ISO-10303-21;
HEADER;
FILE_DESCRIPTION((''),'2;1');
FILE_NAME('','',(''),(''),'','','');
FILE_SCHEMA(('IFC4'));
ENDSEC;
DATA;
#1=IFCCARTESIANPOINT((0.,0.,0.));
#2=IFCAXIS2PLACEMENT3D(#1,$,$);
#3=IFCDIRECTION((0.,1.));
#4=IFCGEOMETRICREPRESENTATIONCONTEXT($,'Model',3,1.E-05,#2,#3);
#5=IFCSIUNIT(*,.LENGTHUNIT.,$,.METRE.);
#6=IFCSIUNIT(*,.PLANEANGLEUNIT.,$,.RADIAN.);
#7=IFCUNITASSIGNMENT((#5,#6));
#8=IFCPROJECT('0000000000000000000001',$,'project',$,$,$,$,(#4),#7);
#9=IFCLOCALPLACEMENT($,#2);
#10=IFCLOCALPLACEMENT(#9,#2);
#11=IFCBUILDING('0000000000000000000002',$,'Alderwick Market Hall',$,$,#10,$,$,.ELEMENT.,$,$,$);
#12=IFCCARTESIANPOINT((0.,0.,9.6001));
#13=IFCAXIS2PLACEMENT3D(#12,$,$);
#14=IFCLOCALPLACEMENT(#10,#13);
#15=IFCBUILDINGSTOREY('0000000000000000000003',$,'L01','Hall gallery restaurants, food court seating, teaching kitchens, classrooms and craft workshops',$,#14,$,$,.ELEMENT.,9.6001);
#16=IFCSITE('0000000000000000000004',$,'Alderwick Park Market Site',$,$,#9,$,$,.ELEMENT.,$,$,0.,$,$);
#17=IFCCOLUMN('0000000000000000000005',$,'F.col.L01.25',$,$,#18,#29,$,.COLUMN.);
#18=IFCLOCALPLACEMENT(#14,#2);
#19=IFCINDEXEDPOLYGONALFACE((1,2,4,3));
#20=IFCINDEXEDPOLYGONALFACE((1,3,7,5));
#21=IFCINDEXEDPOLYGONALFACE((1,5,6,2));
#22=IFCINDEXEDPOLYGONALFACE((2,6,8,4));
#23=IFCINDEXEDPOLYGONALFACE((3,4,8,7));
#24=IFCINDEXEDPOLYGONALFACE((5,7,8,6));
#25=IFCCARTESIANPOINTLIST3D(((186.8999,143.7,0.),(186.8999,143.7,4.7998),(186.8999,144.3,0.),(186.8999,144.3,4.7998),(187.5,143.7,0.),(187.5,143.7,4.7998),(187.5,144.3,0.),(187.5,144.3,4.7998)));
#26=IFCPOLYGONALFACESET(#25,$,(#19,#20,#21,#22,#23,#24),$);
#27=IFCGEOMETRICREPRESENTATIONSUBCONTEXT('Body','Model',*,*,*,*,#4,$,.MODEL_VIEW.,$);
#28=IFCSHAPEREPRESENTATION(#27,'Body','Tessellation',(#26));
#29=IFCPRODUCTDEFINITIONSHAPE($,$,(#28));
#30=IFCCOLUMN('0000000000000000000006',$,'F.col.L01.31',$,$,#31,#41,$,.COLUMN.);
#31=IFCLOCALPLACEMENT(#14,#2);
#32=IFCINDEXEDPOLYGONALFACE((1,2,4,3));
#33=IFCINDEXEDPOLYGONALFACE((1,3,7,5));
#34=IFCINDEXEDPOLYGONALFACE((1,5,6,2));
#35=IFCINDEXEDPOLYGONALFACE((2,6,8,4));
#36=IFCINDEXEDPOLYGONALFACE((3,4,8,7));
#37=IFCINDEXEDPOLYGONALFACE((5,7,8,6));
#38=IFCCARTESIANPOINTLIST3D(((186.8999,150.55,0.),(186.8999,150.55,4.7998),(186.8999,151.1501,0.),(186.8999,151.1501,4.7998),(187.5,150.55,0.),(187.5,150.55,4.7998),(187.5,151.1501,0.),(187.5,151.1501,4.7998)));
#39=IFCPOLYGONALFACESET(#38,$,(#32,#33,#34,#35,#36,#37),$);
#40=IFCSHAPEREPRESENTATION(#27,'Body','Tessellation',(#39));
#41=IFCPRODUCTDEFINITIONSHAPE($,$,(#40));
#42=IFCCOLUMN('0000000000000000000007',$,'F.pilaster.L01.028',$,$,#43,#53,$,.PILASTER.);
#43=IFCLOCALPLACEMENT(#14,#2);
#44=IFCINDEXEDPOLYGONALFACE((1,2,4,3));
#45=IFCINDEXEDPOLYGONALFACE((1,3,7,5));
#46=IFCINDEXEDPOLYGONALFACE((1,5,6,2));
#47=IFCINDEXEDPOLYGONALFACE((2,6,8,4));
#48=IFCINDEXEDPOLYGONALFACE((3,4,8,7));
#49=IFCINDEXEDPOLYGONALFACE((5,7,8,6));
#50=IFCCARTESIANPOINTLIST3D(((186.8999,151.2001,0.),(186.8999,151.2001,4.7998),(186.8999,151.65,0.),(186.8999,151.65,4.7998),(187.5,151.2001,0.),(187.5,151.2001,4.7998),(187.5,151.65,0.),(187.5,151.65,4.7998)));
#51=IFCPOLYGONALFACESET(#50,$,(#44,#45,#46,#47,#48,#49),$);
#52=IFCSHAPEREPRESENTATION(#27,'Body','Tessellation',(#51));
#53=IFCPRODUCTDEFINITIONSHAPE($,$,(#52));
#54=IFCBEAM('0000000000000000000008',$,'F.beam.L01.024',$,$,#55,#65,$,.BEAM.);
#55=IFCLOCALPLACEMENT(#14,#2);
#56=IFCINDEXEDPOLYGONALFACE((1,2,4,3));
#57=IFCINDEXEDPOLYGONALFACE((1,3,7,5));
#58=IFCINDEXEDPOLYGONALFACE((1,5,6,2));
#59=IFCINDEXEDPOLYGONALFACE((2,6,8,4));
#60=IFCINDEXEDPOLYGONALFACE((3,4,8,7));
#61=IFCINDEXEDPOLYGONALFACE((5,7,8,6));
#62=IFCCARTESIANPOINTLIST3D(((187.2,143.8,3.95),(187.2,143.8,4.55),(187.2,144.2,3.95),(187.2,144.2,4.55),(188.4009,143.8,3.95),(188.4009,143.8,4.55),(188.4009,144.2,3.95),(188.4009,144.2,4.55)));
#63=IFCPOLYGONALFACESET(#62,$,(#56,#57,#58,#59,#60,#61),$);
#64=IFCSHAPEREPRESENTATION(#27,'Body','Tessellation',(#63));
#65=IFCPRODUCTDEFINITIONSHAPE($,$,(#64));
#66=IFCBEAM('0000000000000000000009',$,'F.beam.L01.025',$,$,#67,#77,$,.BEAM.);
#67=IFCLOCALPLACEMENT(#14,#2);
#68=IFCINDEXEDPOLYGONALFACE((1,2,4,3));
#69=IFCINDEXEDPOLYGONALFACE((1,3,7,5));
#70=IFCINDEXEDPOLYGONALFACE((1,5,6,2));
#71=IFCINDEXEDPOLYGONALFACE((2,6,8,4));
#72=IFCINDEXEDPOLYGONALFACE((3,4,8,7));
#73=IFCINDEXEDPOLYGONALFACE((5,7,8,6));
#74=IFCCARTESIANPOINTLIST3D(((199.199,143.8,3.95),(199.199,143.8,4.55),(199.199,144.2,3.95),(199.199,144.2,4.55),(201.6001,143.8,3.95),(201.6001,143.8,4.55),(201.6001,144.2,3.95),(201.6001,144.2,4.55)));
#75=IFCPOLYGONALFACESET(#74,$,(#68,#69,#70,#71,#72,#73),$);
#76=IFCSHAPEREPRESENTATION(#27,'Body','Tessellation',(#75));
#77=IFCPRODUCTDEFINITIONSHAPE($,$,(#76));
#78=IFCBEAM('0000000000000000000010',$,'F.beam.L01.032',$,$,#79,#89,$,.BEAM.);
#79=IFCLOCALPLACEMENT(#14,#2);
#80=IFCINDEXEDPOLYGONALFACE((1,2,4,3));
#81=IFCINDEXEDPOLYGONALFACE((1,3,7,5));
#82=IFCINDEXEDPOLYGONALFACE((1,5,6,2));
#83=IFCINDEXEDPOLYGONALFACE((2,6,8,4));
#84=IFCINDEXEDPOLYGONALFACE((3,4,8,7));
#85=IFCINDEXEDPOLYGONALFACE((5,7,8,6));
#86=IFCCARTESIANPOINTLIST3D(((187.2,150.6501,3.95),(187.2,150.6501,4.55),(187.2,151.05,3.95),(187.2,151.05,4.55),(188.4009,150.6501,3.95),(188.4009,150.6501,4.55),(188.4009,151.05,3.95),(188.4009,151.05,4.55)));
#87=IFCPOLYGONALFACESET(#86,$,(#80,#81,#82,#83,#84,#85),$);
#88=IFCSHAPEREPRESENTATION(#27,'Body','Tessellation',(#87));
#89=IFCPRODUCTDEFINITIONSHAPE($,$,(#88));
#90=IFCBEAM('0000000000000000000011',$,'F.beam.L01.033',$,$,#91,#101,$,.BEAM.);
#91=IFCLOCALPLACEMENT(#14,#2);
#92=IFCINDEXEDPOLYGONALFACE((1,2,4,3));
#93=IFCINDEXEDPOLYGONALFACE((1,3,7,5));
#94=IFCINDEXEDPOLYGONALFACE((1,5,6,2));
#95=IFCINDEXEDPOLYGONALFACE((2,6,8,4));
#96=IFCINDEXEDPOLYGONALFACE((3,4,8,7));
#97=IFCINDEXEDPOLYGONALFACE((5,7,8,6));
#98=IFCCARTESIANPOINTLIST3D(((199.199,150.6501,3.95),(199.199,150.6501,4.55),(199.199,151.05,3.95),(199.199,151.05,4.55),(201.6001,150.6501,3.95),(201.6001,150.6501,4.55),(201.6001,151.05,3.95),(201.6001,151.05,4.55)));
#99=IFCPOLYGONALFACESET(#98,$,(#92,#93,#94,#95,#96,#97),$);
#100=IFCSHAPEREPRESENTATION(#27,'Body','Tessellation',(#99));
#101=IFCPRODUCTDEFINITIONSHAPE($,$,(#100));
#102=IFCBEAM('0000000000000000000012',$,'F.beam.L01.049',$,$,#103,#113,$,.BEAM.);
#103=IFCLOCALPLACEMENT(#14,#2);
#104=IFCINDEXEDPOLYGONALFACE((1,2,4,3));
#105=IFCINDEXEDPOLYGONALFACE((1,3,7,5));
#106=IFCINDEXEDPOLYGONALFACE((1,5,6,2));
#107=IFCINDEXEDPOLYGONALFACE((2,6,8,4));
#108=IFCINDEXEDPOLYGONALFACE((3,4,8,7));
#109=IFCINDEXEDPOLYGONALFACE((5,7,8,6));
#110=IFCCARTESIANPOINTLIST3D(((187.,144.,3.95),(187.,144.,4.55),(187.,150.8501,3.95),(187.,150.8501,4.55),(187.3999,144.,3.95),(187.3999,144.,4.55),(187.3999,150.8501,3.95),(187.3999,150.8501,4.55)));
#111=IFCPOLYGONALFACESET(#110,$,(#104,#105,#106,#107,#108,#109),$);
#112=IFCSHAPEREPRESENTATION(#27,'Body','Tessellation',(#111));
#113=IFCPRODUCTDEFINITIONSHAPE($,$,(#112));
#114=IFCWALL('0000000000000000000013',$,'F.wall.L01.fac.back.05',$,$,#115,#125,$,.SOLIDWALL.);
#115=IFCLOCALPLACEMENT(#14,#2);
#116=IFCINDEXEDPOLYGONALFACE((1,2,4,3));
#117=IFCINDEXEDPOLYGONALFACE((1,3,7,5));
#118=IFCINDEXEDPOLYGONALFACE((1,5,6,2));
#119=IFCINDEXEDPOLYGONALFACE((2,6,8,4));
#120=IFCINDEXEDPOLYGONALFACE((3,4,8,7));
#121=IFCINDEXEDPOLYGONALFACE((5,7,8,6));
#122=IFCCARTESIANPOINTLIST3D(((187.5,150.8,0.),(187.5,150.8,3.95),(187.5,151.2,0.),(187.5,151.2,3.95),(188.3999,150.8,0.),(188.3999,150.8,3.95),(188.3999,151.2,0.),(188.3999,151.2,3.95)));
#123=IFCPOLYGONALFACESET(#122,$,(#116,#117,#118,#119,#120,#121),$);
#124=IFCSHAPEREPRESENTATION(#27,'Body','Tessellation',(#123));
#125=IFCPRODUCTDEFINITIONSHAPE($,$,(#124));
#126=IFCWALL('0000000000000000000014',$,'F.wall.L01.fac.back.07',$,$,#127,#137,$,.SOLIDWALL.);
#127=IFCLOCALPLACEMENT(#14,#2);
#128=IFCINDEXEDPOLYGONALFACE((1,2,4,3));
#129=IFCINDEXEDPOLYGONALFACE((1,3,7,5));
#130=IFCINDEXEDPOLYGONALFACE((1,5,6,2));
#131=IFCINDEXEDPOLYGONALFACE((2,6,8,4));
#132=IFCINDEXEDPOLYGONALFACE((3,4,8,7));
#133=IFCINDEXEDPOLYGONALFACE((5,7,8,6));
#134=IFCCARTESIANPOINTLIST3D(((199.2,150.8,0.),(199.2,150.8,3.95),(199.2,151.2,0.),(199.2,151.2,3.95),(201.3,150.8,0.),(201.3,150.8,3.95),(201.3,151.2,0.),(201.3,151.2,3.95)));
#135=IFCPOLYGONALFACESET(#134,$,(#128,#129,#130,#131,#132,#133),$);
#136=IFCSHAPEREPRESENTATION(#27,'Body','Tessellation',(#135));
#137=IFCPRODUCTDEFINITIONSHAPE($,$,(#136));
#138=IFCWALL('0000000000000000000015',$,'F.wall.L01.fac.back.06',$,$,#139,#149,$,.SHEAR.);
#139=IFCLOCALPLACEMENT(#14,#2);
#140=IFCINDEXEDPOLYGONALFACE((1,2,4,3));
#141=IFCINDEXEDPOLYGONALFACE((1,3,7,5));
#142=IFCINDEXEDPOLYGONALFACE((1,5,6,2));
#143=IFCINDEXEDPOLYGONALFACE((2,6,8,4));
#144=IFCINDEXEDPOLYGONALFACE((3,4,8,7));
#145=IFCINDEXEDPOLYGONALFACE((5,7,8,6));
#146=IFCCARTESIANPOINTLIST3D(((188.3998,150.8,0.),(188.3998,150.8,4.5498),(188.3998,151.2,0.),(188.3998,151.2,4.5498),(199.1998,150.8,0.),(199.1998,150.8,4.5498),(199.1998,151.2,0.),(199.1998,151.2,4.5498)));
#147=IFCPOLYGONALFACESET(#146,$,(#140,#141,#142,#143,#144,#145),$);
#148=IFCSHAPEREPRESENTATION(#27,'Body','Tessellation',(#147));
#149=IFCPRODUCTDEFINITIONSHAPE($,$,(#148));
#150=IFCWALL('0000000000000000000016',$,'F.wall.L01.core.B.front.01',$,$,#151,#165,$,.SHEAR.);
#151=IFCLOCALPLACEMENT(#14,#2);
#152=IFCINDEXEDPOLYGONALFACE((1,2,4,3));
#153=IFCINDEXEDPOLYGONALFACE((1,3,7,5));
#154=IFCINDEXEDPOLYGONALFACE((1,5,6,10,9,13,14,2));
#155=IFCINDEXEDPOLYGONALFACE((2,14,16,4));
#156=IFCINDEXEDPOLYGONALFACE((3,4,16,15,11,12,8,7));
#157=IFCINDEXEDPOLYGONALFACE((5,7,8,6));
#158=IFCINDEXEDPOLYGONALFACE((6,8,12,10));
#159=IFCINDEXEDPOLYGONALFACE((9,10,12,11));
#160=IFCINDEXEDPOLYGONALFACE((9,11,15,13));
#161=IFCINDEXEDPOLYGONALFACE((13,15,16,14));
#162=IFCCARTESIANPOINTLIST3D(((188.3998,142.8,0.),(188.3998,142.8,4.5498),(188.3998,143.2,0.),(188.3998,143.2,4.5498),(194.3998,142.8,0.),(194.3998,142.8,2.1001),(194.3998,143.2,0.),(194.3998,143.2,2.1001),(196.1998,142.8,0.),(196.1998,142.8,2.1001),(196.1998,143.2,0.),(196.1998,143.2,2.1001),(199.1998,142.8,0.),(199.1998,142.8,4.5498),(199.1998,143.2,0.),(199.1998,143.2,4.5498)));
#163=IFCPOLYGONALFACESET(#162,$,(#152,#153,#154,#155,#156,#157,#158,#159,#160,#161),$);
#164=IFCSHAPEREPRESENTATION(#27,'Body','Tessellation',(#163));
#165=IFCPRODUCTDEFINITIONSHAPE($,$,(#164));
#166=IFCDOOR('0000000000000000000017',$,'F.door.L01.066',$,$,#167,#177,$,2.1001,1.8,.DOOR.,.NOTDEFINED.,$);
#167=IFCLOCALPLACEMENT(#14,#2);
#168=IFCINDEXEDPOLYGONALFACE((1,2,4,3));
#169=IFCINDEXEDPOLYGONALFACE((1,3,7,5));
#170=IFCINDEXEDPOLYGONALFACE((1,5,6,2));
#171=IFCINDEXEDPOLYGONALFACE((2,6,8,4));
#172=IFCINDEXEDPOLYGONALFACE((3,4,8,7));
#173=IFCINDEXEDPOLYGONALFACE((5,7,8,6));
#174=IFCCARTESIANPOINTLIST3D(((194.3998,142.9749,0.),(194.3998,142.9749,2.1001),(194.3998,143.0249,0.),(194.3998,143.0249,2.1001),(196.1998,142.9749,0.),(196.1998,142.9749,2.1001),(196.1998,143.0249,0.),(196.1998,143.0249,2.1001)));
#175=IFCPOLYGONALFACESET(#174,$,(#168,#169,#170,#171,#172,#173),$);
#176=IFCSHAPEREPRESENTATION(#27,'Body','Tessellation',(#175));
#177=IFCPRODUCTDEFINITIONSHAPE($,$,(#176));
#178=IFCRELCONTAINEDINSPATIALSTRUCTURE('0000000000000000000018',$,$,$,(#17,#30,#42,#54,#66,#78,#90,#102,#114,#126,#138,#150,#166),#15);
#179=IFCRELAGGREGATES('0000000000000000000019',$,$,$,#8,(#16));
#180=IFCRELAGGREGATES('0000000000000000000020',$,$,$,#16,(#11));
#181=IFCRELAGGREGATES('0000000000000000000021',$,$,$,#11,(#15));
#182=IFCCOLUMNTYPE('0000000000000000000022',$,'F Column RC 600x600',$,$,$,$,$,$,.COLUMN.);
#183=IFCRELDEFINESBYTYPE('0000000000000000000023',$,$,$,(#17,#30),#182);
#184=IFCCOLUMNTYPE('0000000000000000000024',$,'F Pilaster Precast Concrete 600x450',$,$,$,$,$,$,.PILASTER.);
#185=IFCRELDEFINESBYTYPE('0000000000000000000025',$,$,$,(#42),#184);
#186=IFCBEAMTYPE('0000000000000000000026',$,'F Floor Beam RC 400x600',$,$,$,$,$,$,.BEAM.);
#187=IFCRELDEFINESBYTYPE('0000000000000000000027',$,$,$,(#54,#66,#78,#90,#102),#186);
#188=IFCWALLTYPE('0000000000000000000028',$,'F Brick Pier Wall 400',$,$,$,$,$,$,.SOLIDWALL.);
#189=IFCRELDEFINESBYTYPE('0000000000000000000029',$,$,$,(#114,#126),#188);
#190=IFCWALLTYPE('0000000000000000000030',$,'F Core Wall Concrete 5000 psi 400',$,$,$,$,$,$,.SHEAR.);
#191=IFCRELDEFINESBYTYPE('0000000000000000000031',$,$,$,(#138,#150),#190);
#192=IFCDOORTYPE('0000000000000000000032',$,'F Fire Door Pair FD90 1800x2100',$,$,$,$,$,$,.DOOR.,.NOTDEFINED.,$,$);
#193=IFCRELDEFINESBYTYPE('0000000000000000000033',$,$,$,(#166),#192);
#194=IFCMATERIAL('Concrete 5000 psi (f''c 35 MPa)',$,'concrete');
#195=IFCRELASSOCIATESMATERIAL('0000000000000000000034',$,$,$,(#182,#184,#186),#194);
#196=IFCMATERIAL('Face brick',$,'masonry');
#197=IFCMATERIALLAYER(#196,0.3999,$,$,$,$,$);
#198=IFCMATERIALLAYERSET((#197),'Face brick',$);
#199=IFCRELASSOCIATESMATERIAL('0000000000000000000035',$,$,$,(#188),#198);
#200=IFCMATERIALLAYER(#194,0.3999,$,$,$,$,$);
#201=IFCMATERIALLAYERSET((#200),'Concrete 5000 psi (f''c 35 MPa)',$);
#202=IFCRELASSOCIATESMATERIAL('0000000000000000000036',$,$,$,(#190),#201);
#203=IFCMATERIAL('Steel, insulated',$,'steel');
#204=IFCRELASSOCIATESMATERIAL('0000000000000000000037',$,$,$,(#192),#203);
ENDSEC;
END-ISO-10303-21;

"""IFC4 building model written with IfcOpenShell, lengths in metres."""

from ifc_helpers import new_model, si_unit, direction, frame, frame_2d, origin, origin_2d, place, context, subcontext, project, spatial, rectangle, extrude, material, layer, layer_set, material_profile, profile_set, type_object, element, fill, save


model = new_model("IFC4")

# Units and contexts
model_context = context("Model", 3, precision=1e-05, world=origin(), true_north=direction((0.0, 1.0)))
body_context = subcontext(model_context, "Body", "Model", "MODEL_VIEW")
ifc_project = project(units=[si_unit("LENGTHUNIT", "METRE"), si_unit("PLANEANGLEUNIT", "RADIAN")], contexts=[model_context])

# Site, building, storey
site_placement = place(None, origin())
site = spatial("IfcSite", under=ifc_project, at=site_placement, Name="Alderwick Park Market Site", CompositionType="ELEMENT", RefElevation=0.0)
building_placement = place(site_placement, origin())
building = spatial("IfcBuilding", under=site, at=building_placement, Name="Alderwick Market Hall", CompositionType="ELEMENT")
storey_placement = place(building_placement, frame((0.0, 0.0, 9.6001)))
storey = spatial("IfcBuildingStorey", under=building, at=storey_placement, Name="L01", Description="Hall gallery restaurants, food court seating, teaching kitchens, classrooms and craft workshops", CompositionType="ELEMENT", Elevation=9.6001)

# Columns
ifc_material_1 = material(Name="Concrete 5000 psi (f'c 35 MPa)", Category="concrete")
ifc_material_profile_1 = material_profile(ifc_material_1, rectangle(XDim=0.6001, YDim=0.6001, at=origin_2d()), Name="RC 600x600")
ifc_profile_set_1 = profile_set([ifc_material_profile_1], Name="Concrete 5000 psi (f'c 35 MPa)")
column_type_1 = type_object("IfcColumnType", Name="F Column RC 600x600", PredefinedType="COLUMN", material=ifc_profile_set_1)
for number, where, z_axis, x_axis, name in (
    (1, (187.2, 144.0, 0.0), (0.0, 0.0, 1.0), (1.0, 0.0, 0.0), "F.col.L01.25"),
    (2, (187.2, 150.8501, 0.0), (0.0, 0.0, 1.0), (1.0, 0.0, 0.0), "F.col.L01.31"),
):
    element("IfcColumn", number, at=place(storey_placement, frame(where, z_axis=z_axis, x_axis=x_axis)), inside=storey, type_object=column_type_1, Name=name, PredefinedType="COLUMN", context=body_context, shape_type="SweptSolid", body=[
        extrude(rectangle(XDim=0.6001, YDim=0.6001, at=origin_2d()), origin(), (0.0, 0.0, 1.0), 4.7998),
    ])
ifc_material_profile_2 = material_profile(ifc_material_1, rectangle(XDim=0.6001, YDim=0.45, at=origin_2d()), Name="PC 600x450")
ifc_profile_set_2 = profile_set([ifc_material_profile_2], Name="Concrete 5000 psi (f'c 35 MPa)")
column_type_2 = type_object("IfcColumnType", Name="F Pilaster Precast Concrete 600x450", PredefinedType="PILASTER", material=ifc_profile_set_2)
column_placement = place(storey_placement, frame((187.2, 151.425, 0.0), z_axis=(0.0, 0.0, 1.0), x_axis=(1.0, 0.0, 0.0)))
element("IfcColumn", 3, at=column_placement, inside=storey, type_object=column_type_2, Name="F.pilaster.L01.028", PredefinedType="PILASTER", context=body_context, shape_type="SweptSolid", body=[
    extrude(rectangle(XDim=0.6001, YDim=0.45, at=origin_2d()), origin(), (0.0, 0.0, 1.0), 4.7998),
])

# Beams
ifc_material_profile_3 = material_profile(ifc_material_1, rectangle(XDim=0.3999, YDim=0.6001, at=origin_2d()), Name="RC 400x600")
ifc_profile_set_3 = profile_set([ifc_material_profile_3], Name="Concrete 5000 psi (f'c 35 MPa)")
beam_type = type_object("IfcBeamType", Name="F Floor Beam RC 400x600", PredefinedType="BEAM", material=ifc_profile_set_3)
beam_1_placement = place(storey_placement, frame((187.2, 144.0, 4.25), z_axis=(1.0, 0.0, 0.0), x_axis=(0.0, 1.0, 0.0)))
element("IfcBeam", 4, at=beam_1_placement, inside=storey, type_object=beam_type, Name="F.beam.L01.024", PredefinedType="BEAM", context=body_context, shape_type="SweptSolid", body=[
    extrude(rectangle(XDim=0.3999, YDim=0.6001, at=origin_2d()), origin(), (0.0, 0.0, 1.0), 1.2009),
])
beam_2_placement = place(storey_placement, frame((199.199, 144.0, 4.25), z_axis=(1.0, 0.0, 0.0), x_axis=(0.0, 1.0, 0.0)))
element("IfcBeam", 5, at=beam_2_placement, inside=storey, type_object=beam_type, Name="F.beam.L01.025", PredefinedType="BEAM", context=body_context, shape_type="SweptSolid", body=[
    extrude(rectangle(XDim=0.3999, YDim=0.6001, at=origin_2d()), origin(), (0.0, 0.0, 1.0), 2.4011),
])
beam_3_placement = place(storey_placement, frame((187.2, 150.8501, 4.25), z_axis=(1.0, 0.0, 0.0), x_axis=(0.0, 1.0, 0.0)))
element("IfcBeam", 6, at=beam_3_placement, inside=storey, type_object=beam_type, Name="F.beam.L01.032", PredefinedType="BEAM", context=body_context, shape_type="SweptSolid", body=[
    extrude(rectangle(XDim=0.3999, YDim=0.6001, at=origin_2d()), origin(), (0.0, 0.0, 1.0), 1.2009),
])
beam_4_placement = place(storey_placement, frame((199.199, 150.8501, 4.25), z_axis=(1.0, 0.0, 0.0), x_axis=(0.0, 1.0, 0.0)))
element("IfcBeam", 7, at=beam_4_placement, inside=storey, type_object=beam_type, Name="F.beam.L01.033", PredefinedType="BEAM", context=body_context, shape_type="SweptSolid", body=[
    extrude(rectangle(XDim=0.3999, YDim=0.6001, at=origin_2d()), origin(), (0.0, 0.0, 1.0), 2.4011),
])
beam_5_placement = place(storey_placement, frame((187.2, 144.0, 4.25), z_axis=(0.0, 1.0, 0.0), x_axis=(-1.0, 0.0, 0.0)))
element("IfcBeam", 8, at=beam_5_placement, inside=storey, type_object=beam_type, Name="F.beam.L01.049", PredefinedType="BEAM", context=body_context, shape_type="SweptSolid", body=[
    extrude(rectangle(XDim=0.3999, YDim=0.6001, at=origin_2d()), origin(), (0.0, 0.0, 1.0), 6.8501),
])

# Walls
ifc_material_2 = material(Name="Face brick", Category="masonry")
ifc_layer_1 = layer(ifc_material_2, 0.3999)
ifc_layer_set_1 = layer_set([ifc_layer_1], Name="Face brick")
wall_type_1 = type_object("IfcWallType", Name="F Brick Pier Wall 400", PredefinedType="SOLIDWALL", material=ifc_layer_set_1)
wall_1_placement = place(storey_placement, frame((187.5, 151.0, 0.0), z_axis=(0.0, 0.0, 1.0), x_axis=(1.0, 0.0, 0.0)))
element("IfcWall", 9, at=wall_1_placement, inside=storey, type_object=wall_type_1, Name="F.wall.L01.fac.back.05", PredefinedType="SOLIDWALL", context=body_context, shape_type="SweptSolid", body=[
    extrude(rectangle(XDim=0.8999, YDim=0.3999, at=frame_2d((0.45, 0.0))), origin(), (0.0, 0.0, 1.0), 3.95),
])
wall_2_placement = place(storey_placement, frame((199.2, 151.0, 0.0), z_axis=(0.0, 0.0, 1.0), x_axis=(1.0, 0.0, 0.0)))
element("IfcWall", 10, at=wall_2_placement, inside=storey, type_object=wall_type_1, Name="F.wall.L01.fac.back.07", PredefinedType="SOLIDWALL", context=body_context, shape_type="SweptSolid", body=[
    extrude(rectangle(XDim=2.1001, YDim=0.3999, at=frame_2d((1.05, 0.0))), origin(), (0.0, 0.0, 1.0), 3.95),
])
ifc_layer_2 = layer(ifc_material_1, 0.3999)
ifc_layer_set_2 = layer_set([ifc_layer_2], Name="Concrete 5000 psi (f'c 35 MPa)")
wall_type_2 = type_object("IfcWallType", Name="F Core Wall Concrete 5000 psi 400", PredefinedType="SHEAR", material=ifc_layer_set_2)
wall_3_placement = place(storey_placement, frame((188.3999, 151.0, 0.0), z_axis=(0.0, 0.0, 1.0), x_axis=(1.0, 0.0, 0.0)))
element("IfcWall", 11, at=wall_3_placement, inside=storey, type_object=wall_type_2, Name="F.wall.L01.fac.back.06", PredefinedType="SHEAR", context=body_context, shape_type="SweptSolid", body=[
    extrude(rectangle(XDim=10.8, YDim=0.3999, at=frame_2d((5.3999, 0.0))), origin(), (0.0, 0.0, 1.0), 4.5498),
])

# Wall, opening, door
wall_4_placement = place(storey_placement, frame((188.3999, 143.0, 0.0), z_axis=(0.0, 0.0, 1.0), x_axis=(1.0, 0.0, 0.0)))
wall_4 = element("IfcWall", 12, at=wall_4_placement, inside=storey, type_object=wall_type_2, Name="F.wall.L01.core.B.front.01", PredefinedType="SHEAR", context=body_context, shape_type="SweptSolid", body=[
    extrude(rectangle(XDim=10.8, YDim=0.3999, at=frame_2d((5.3999, 0.0))), origin(), (0.0, 0.0, 1.0), 4.5498),
])
opening_1_placement = place(wall_4_placement, frame((6.0, 0.0, 0.0)))
opening_1 = element("IfcOpeningElement", 13, at=opening_1_placement, cuts=wall_4, PredefinedType="OPENING", context=body_context, shape_type="SweptSolid", body=[
    extrude(rectangle(XDim=1.8, YDim=2.1001, at=frame_2d((0.8999, 1.05))), frame((0.0, 0.21, 0.0), z_axis=(0.0, -1.0, 0.0), x_axis=(1.0, 0.0, 0.0)), (0.0, 0.0, 1.0), 0.4199),
])
ifc_material_3 = material(Name="Steel, insulated", Category="steel")
door_type_1 = type_object("IfcDoorType", Name="F Fire Door Pair FD90 1800x2100", OperationType="NOTDEFINED", PredefinedType="DOOR", material=ifc_material_3)
door_1_placement = place(opening_1_placement, origin())
door_1 = element("IfcDoor", 14, at=door_1_placement, inside=storey, type_object=door_type_1, Name="F.door.L01.066", OperationType="NOTDEFINED", OverallHeight=2.1001, OverallWidth=1.8, PredefinedType="DOOR", context=body_context, shape_type="SweptSolid", body=[
    extrude(rectangle(XDim=1.8, YDim=2.1001, at=frame_2d((0.8999, 1.05))), frame((0.0, 0.0249, 0.0), z_axis=(0.0, -1.0, 0.0), x_axis=(1.0, 0.0, 0.0)), (0.0, 0.0, 1.0), 0.05),
])
fill(opening_1, door_1)

save(model, "model.ifc")
